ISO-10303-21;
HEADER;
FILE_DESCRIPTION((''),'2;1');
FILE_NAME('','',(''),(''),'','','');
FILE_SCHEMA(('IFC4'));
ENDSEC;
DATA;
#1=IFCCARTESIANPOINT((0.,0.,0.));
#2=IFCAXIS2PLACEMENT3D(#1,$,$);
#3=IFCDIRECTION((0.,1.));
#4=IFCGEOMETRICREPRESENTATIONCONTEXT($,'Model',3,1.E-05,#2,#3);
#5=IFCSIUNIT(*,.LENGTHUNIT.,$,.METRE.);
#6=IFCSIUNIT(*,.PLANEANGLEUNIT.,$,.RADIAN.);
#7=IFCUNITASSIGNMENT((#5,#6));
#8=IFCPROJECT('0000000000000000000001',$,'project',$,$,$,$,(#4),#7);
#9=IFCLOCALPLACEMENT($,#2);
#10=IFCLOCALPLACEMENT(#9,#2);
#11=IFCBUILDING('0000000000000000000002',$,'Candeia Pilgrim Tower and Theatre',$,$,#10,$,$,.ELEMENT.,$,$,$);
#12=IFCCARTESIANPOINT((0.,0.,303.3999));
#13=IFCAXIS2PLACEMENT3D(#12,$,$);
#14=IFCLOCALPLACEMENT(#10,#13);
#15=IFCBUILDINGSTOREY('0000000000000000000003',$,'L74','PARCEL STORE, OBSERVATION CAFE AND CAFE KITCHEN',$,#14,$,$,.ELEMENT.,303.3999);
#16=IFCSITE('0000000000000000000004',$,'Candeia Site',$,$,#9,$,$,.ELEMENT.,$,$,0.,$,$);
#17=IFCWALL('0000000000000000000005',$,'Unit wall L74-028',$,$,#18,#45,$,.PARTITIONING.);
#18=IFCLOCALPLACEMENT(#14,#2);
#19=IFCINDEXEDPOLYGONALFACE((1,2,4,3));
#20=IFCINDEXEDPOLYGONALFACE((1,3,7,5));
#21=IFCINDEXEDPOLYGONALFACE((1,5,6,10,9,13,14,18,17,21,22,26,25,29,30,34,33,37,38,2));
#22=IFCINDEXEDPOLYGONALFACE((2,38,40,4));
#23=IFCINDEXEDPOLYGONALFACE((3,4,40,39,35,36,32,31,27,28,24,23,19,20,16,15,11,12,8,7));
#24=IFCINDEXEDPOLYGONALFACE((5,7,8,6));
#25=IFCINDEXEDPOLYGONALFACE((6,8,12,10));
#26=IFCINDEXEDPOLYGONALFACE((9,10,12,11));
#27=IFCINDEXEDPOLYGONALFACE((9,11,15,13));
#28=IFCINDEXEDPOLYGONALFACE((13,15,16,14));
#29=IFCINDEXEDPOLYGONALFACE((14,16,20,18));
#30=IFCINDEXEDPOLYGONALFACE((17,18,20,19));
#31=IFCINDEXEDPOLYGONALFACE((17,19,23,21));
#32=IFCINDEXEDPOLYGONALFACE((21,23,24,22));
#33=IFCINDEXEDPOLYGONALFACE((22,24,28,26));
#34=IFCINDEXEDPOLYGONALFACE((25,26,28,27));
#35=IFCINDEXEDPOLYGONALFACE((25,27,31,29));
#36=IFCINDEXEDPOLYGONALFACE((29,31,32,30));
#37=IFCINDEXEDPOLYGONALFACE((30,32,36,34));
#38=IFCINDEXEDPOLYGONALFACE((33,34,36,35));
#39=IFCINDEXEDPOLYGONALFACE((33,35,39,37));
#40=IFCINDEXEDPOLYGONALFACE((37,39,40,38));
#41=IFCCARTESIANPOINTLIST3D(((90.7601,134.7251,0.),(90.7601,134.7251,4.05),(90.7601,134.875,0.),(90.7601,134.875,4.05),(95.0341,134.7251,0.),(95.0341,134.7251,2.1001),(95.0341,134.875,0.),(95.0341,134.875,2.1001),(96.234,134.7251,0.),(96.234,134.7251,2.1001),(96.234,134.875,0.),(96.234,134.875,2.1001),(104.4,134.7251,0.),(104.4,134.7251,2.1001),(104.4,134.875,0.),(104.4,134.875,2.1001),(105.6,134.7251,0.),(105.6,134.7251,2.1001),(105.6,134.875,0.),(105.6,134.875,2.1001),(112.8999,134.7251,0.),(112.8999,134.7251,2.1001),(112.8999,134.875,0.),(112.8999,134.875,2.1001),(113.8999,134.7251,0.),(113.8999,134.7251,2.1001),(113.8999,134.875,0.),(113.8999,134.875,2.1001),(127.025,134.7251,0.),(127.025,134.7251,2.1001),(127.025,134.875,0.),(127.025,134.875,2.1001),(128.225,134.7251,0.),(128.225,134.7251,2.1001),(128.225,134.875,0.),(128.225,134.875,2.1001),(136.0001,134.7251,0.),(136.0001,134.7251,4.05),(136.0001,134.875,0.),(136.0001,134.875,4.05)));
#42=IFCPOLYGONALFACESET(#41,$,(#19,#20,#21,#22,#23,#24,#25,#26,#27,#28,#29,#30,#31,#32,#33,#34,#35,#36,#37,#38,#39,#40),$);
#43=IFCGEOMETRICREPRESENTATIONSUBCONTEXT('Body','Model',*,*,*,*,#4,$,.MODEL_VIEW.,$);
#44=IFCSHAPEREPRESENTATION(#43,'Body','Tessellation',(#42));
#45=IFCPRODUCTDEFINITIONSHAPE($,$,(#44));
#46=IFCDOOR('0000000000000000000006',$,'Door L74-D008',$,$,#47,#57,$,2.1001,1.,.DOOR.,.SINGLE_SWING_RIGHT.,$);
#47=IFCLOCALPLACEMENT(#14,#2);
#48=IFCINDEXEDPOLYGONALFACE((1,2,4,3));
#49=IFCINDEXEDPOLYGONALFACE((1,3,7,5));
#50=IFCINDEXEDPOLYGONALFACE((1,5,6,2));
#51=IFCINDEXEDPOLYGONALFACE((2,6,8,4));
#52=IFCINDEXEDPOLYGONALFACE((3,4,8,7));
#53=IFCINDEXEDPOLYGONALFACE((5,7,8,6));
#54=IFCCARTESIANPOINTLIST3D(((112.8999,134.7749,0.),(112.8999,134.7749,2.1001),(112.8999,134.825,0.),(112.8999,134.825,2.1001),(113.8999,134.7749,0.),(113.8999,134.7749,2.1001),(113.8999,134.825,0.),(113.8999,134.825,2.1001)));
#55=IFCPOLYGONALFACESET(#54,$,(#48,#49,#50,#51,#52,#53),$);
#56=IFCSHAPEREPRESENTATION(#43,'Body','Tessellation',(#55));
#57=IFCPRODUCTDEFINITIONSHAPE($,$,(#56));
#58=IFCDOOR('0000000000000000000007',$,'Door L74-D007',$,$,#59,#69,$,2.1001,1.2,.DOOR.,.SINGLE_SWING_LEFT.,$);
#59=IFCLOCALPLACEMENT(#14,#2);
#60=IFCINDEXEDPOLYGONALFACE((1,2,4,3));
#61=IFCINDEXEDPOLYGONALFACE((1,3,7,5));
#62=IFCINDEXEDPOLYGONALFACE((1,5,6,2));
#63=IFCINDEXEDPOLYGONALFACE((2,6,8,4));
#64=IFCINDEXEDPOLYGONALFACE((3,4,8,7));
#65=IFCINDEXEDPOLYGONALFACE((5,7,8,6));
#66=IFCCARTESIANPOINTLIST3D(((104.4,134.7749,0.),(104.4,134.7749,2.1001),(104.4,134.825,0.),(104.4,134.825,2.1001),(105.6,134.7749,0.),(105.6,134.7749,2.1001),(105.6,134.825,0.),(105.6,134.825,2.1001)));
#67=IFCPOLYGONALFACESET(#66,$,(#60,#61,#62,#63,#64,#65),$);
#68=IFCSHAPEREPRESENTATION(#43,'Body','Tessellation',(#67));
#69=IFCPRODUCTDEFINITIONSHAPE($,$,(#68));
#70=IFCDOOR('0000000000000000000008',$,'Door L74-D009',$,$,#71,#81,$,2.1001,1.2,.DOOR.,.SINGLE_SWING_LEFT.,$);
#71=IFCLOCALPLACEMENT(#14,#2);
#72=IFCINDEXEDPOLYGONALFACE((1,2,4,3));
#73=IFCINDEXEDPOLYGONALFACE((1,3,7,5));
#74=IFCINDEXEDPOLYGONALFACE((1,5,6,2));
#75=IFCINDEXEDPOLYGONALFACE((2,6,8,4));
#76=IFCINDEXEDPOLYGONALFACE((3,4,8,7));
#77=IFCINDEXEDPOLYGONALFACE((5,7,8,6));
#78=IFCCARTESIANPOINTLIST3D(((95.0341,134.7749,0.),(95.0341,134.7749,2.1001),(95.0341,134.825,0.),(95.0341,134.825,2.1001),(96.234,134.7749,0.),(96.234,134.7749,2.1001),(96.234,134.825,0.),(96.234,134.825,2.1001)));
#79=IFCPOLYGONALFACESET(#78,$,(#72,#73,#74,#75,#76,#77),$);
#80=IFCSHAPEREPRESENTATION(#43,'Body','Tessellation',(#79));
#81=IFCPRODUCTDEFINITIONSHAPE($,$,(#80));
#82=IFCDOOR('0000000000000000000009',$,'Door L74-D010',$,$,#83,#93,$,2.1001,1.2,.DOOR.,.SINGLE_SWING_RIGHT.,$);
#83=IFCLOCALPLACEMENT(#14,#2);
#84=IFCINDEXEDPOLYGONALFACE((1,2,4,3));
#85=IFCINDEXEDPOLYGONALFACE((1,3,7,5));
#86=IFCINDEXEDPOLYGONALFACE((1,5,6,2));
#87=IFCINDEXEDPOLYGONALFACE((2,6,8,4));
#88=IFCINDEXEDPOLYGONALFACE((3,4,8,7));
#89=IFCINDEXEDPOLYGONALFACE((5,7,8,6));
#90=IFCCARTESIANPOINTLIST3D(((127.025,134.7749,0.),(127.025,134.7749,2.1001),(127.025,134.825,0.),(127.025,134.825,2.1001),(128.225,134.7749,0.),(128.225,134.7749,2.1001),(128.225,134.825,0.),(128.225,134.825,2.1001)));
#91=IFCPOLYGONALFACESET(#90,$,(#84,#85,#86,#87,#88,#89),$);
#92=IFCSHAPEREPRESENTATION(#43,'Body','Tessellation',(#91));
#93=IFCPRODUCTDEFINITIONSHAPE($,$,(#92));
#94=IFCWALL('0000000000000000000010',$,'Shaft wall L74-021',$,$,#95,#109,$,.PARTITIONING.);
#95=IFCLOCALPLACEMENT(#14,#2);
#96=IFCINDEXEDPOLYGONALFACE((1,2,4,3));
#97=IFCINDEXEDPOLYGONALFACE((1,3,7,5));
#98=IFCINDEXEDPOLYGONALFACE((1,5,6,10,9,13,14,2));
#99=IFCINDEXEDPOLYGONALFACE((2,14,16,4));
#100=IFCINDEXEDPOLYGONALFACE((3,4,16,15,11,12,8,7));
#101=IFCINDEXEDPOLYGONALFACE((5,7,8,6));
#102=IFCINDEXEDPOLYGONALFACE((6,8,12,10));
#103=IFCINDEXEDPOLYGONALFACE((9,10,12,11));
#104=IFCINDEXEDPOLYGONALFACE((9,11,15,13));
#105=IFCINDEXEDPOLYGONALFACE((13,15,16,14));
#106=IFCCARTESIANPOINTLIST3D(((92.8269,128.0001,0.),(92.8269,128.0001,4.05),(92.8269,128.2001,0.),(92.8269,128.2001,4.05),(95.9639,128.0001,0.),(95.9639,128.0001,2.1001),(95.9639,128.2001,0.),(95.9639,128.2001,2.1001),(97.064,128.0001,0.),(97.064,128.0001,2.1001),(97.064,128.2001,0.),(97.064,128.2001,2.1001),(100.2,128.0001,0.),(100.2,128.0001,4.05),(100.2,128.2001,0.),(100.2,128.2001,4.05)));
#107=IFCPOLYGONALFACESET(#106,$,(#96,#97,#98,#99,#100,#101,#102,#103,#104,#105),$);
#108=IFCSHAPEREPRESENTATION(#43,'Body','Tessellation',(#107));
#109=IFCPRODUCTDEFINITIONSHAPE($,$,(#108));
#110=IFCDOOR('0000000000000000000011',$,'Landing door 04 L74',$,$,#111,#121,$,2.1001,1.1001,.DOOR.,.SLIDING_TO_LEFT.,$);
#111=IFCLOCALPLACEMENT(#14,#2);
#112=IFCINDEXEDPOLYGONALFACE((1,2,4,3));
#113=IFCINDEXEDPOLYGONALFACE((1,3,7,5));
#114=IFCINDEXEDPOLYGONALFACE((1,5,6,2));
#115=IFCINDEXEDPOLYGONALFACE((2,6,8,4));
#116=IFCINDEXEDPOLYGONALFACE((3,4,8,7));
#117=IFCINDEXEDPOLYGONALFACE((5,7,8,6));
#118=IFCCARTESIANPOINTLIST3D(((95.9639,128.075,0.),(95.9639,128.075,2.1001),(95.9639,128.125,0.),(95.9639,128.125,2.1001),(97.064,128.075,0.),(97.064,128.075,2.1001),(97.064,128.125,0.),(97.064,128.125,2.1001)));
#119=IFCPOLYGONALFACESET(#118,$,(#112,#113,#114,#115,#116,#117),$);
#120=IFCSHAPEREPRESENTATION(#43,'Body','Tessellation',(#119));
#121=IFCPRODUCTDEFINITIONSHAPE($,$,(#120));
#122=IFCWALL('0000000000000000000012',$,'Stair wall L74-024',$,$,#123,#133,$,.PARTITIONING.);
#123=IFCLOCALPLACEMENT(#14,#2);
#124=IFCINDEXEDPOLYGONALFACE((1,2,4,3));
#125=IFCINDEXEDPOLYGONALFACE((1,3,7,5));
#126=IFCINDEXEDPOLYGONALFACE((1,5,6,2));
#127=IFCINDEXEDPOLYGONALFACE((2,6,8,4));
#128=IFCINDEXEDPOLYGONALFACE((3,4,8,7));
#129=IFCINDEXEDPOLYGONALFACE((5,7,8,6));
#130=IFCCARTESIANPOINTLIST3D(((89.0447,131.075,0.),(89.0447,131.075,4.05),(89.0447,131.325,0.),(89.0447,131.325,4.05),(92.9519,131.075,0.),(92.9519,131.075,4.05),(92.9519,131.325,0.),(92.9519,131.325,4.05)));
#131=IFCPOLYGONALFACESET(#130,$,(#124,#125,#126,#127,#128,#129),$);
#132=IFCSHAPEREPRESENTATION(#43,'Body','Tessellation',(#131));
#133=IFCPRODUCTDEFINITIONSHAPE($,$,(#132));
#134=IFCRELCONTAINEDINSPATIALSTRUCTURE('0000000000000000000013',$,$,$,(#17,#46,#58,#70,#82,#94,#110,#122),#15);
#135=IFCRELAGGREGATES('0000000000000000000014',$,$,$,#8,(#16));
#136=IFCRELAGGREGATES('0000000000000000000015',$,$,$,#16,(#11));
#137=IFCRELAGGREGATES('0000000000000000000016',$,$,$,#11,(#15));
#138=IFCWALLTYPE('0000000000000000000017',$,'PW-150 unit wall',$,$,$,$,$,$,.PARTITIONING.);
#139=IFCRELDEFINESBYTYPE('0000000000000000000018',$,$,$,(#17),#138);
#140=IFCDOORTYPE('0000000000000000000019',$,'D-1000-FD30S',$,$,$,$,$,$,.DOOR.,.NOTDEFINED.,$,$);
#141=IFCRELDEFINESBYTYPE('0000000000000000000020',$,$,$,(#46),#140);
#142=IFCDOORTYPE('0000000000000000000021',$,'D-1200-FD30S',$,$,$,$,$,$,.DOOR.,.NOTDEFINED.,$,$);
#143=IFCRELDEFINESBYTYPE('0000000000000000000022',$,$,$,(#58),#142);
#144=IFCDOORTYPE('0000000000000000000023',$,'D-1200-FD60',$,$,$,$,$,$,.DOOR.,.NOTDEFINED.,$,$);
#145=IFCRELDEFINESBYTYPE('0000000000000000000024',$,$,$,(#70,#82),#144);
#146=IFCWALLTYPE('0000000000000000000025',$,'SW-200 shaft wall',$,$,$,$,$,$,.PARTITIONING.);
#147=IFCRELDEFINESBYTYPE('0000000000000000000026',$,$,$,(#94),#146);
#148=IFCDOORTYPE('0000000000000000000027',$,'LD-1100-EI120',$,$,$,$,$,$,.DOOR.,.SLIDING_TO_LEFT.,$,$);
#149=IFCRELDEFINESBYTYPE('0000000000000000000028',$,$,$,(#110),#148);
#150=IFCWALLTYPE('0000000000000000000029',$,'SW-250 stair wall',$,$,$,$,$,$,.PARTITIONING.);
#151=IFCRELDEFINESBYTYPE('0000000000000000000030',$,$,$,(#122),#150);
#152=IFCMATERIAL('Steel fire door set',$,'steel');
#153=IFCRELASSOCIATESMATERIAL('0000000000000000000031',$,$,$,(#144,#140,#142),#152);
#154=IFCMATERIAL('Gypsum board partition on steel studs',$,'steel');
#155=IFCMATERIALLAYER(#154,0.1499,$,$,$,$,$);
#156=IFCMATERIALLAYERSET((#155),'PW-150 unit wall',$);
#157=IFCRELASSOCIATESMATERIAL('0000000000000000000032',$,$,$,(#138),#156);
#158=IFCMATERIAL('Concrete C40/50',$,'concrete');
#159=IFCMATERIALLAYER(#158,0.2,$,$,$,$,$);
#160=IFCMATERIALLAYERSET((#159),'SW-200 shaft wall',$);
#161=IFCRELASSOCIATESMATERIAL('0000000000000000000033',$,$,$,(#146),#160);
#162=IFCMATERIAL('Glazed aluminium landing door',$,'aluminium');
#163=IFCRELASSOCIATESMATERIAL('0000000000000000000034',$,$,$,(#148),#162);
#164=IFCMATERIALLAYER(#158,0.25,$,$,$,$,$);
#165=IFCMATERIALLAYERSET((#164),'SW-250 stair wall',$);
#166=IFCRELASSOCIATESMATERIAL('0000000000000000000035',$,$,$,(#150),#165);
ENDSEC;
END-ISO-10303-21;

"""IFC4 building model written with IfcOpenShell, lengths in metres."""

from ifc_helpers import new_model, si_unit, direction, frame, frame_2d, origin, place, context, subcontext, project, spatial, rectangle, extrude, material, layer, layer_set, type_object, element, fill, save


model = new_model("IFC4")

# Units and contexts
model_context = context("Model", 3, precision=1e-05, world=origin(), true_north=direction((0.0, 1.0)))
body_context = subcontext(model_context, "Body", "Model", "MODEL_VIEW")
ifc_project = project(units=[si_unit("LENGTHUNIT", "METRE"), si_unit("PLANEANGLEUNIT", "RADIAN")], contexts=[model_context])

# Site, building, storey
site_placement = place(None, origin())
site = spatial("IfcSite", under=ifc_project, at=site_placement, Name="Candeia Site", CompositionType="ELEMENT", RefElevation=0.0)
building_placement = place(site_placement, origin())
building = spatial("IfcBuilding", under=site, at=building_placement, Name="Candeia Pilgrim Tower and Theatre", CompositionType="ELEMENT")
storey_placement = place(building_placement, frame((0.0, 0.0, 303.3999)))
storey = spatial("IfcBuildingStorey", under=building, at=storey_placement, Name="L74", Description="PARCEL STORE, OBSERVATION CAFE AND CAFE KITCHEN", CompositionType="ELEMENT", Elevation=303.3999)

# Shared definitions
ifc_material_1 = material(Name="Concrete C40/50", Category="concrete")

# Shared definitions
ifc_material_2 = material(Name="Steel fire door set", Category="steel")
door_type_1 = type_object("IfcDoorType", Name="D-1200-FD60", OperationType="NOTDEFINED", PredefinedType="DOOR", material=ifc_material_2)

# Wall, openings, doors
ifc_material_3 = material(Name="Gypsum board partition on steel studs", Category="steel")
ifc_layer_1 = layer(ifc_material_3, 0.1499)
ifc_layer_set_1 = layer_set([ifc_layer_1], Name="PW-150 unit wall")
wall_type_1 = type_object("IfcWallType", Name="PW-150 unit wall", PredefinedType="PARTITIONING", material=ifc_layer_set_1)
wall_1_placement = place(storey_placement, frame((90.76, 134.8, 0.0), z_axis=(0.0, 0.0, 1.0), x_axis=(1.0, 0.0, 0.0)))
wall_1 = element("IfcWall", 1, at=wall_1_placement, inside=storey, type_object=wall_type_1, Name="Unit wall L74-028", PredefinedType="PARTITIONING", context=body_context, shape_type="SweptSolid", body=[
    extrude(rectangle(XDim=45.24, YDim=0.1499, at=frame_2d((22.6201, 0.0))), origin(), (0.0, 0.0, 1.0), 4.05),
])
opening_1_placement = place(wall_1_placement, frame((13.6399, 0.0, 0.0)))
opening_1 = element("IfcOpeningElement", 2, at=opening_1_placement, cuts=wall_1, PredefinedType="OPENING", context=body_context, shape_type="SweptSolid", body=[
    extrude(rectangle(XDim=1.2, YDim=2.1001, at=frame_2d((0.6001, 1.05))), frame((0.0, 0.085, 0.0), z_axis=(0.0, -1.0, 0.0), x_axis=(1.0, 0.0, 0.0)), (0.0, 0.0, 1.0), 0.1699),
])
opening_2_placement = place(wall_1_placement, frame((22.1399, 0.0, 0.0)))
opening_2 = element("IfcOpeningElement", 3, at=opening_2_placement, cuts=wall_1, PredefinedType="OPENING", context=body_context, shape_type="SweptSolid", body=[
    extrude(rectangle(XDim=1.0, YDim=2.1001, at=frame_2d((0.5, 1.05))), frame((0.0, 0.085, 0.0), z_axis=(0.0, -1.0, 0.0), x_axis=(1.0, 0.0, 0.0)), (0.0, 0.0, 1.0), 0.1699),
])
opening_3_placement = place(wall_1_placement, frame((4.2739, 0.0, 0.0)))
opening_3 = element("IfcOpeningElement", 4, at=opening_3_placement, cuts=wall_1, PredefinedType="OPENING", context=body_context, shape_type="SweptSolid", body=[
    extrude(rectangle(XDim=1.2, YDim=2.1001, at=frame_2d((0.6001, 1.05))), frame((0.0, 0.085, 0.0), z_axis=(0.0, -1.0, 0.0), x_axis=(1.0, 0.0, 0.0)), (0.0, 0.0, 1.0), 0.1699),
])
opening_4_placement = place(wall_1_placement, frame((36.2649, 0.0, 0.0)))
opening_4 = element("IfcOpeningElement", 5, at=opening_4_placement, cuts=wall_1, PredefinedType="OPENING", context=body_context, shape_type="SweptSolid", body=[
    extrude(rectangle(XDim=1.2, YDim=2.1001, at=frame_2d((0.6001, 1.05))), frame((0.0, 0.085, 0.0), z_axis=(0.0, -1.0, 0.0), x_axis=(1.0, 0.0, 0.0)), (0.0, 0.0, 1.0), 0.1699),
])
door_type_2 = type_object("IfcDoorType", Name="D-1000-FD30S", OperationType="NOTDEFINED", PredefinedType="DOOR", material=ifc_material_2)
door_1_placement = place(opening_2_placement, origin())
door_1 = element("IfcDoor", 6, at=door_1_placement, inside=storey, type_object=door_type_2, Name="Door L74-D008", OperationType="SINGLE_SWING_RIGHT", OverallHeight=2.1001, OverallWidth=1.0, PredefinedType="DOOR", context=body_context, shape_type="SweptSolid", body=[
    extrude(rectangle(XDim=1.0, YDim=2.1001, at=frame_2d((0.5, 1.05))), frame((0.0, 0.0249, 0.0), z_axis=(0.0, -1.0, 0.0), x_axis=(1.0, 0.0, 0.0)), (0.0, 0.0, 1.0), 0.05),
])
fill(opening_2, door_1)
door_type_3 = type_object("IfcDoorType", Name="D-1200-FD30S", OperationType="NOTDEFINED", PredefinedType="DOOR", material=ifc_material_2)
door_2_placement = place(opening_1_placement, origin())
door_2 = element("IfcDoor", 7, at=door_2_placement, inside=storey, type_object=door_type_3, Name="Door L74-D007", OperationType="SINGLE_SWING_LEFT", OverallHeight=2.1001, OverallWidth=1.2, PredefinedType="DOOR", context=body_context, shape_type="SweptSolid", body=[
    extrude(rectangle(XDim=1.2, YDim=2.1001, at=frame_2d((0.6001, 1.05))), frame((0.0, 0.0249, 0.0), z_axis=(0.0, -1.0, 0.0), x_axis=(1.0, 0.0, 0.0)), (0.0, 0.0, 1.0), 0.05),
])
fill(opening_1, door_2)
door_3_placement = place(opening_3_placement, origin())
door_3 = element("IfcDoor", 8, at=door_3_placement, inside=storey, type_object=door_type_1, Name="Door L74-D009", OperationType="SINGLE_SWING_LEFT", OverallHeight=2.1001, OverallWidth=1.2, PredefinedType="DOOR", context=body_context, shape_type="SweptSolid", body=[
    extrude(rectangle(XDim=1.2, YDim=2.1001, at=frame_2d((0.6001, 1.05))), frame((0.0, 0.0249, 0.0), z_axis=(0.0, -1.0, 0.0), x_axis=(1.0, 0.0, 0.0)), (0.0, 0.0, 1.0), 0.05),
])
fill(opening_3, door_3)
door_4_placement = place(opening_4_placement, origin())
door_4 = element("IfcDoor", 9, at=door_4_placement, inside=storey, type_object=door_type_1, Name="Door L74-D010", OperationType="SINGLE_SWING_RIGHT", OverallHeight=2.1001, OverallWidth=1.2, PredefinedType="DOOR", context=body_context, shape_type="SweptSolid", body=[
    extrude(rectangle(XDim=1.2, YDim=2.1001, at=frame_2d((0.6001, 1.05))), frame((0.0, 0.0249, 0.0), z_axis=(0.0, -1.0, 0.0), x_axis=(1.0, 0.0, 0.0)), (0.0, 0.0, 1.0), 0.05),
])
fill(opening_4, door_4)

# Wall, opening, door
ifc_layer_2 = layer(ifc_material_1, 0.2)
ifc_layer_set_2 = layer_set([ifc_layer_2], Name="SW-200 shaft wall")
wall_type_2 = type_object("IfcWallType", Name="SW-200 shaft wall", PredefinedType="PARTITIONING", material=ifc_layer_set_2)
wall_2_placement = place(storey_placement, frame((92.8269, 128.1001, 0.0), z_axis=(0.0, 0.0, 1.0), x_axis=(1.0, 0.0, 0.0)))
wall_2 = element("IfcWall", 10, at=wall_2_placement, inside=storey, type_object=wall_type_2, Name="Shaft wall L74-021", PredefinedType="PARTITIONING", context=body_context, shape_type="SweptSolid", body=[
    extrude(rectangle(XDim=7.373, YDim=0.2, at=frame_2d((3.6865, 0.0))), origin(), (0.0, 0.0, 1.0), 4.05),
])
opening_5_placement = place(wall_2_placement, frame((3.137, 0.0, 0.0)))
opening_5 = element("IfcOpeningElement", 11, at=opening_5_placement, cuts=wall_2, PredefinedType="OPENING", context=body_context, shape_type="SweptSolid", body=[
    extrude(rectangle(XDim=1.1001, YDim=2.1001, at=frame_2d((0.55, 1.05))), frame((0.0, 0.1099, 0.0), z_axis=(0.0, -1.0, 0.0), x_axis=(1.0, 0.0, 0.0)), (0.0, 0.0, 1.0), 0.22),
])
ifc_material_4 = material(Name="Glazed aluminium landing door", Category="aluminium")
door_type_4 = type_object("IfcDoorType", Name="LD-1100-EI120", OperationType="SLIDING_TO_LEFT", PredefinedType="DOOR", material=ifc_material_4)
door_5_placement = place(opening_5_placement, origin())
door_5 = element("IfcDoor", 12, at=door_5_placement, inside=storey, type_object=door_type_4, Name="Landing door 04 L74", OperationType="SLIDING_TO_LEFT", OverallHeight=2.1001, OverallWidth=1.1001, PredefinedType="DOOR", context=body_context, shape_type="SweptSolid", body=[
    extrude(rectangle(XDim=1.1001, YDim=2.1001, at=frame_2d((0.55, 1.05))), frame((0.0, 0.0249, 0.0), z_axis=(0.0, -1.0, 0.0), x_axis=(1.0, 0.0, 0.0)), (0.0, 0.0, 1.0), 0.05),
])
fill(opening_5, door_5)

# Wall
ifc_layer_3 = layer(ifc_material_1, 0.25)
ifc_layer_set_3 = layer_set([ifc_layer_3], Name="SW-250 stair wall")
wall_type_3 = type_object("IfcWallType", Name="SW-250 stair wall", PredefinedType="PARTITIONING", material=ifc_layer_set_3)
wall_3_placement = place(storey_placement, frame((89.0447, 131.2, 0.0), z_axis=(0.0, 0.0, 1.0), x_axis=(1.0, 0.0, 0.0)))
element("IfcWall", 13, at=wall_3_placement, inside=storey, type_object=wall_type_3, Name="Stair wall L74-024", PredefinedType="PARTITIONING", context=body_context, shape_type="SweptSolid", body=[
    extrude(rectangle(XDim=3.9072, YDim=0.25, at=frame_2d((1.9536, 0.0))), origin(), (0.0, 0.0, 1.0), 4.05),
])

save(model, "model.ifc")
